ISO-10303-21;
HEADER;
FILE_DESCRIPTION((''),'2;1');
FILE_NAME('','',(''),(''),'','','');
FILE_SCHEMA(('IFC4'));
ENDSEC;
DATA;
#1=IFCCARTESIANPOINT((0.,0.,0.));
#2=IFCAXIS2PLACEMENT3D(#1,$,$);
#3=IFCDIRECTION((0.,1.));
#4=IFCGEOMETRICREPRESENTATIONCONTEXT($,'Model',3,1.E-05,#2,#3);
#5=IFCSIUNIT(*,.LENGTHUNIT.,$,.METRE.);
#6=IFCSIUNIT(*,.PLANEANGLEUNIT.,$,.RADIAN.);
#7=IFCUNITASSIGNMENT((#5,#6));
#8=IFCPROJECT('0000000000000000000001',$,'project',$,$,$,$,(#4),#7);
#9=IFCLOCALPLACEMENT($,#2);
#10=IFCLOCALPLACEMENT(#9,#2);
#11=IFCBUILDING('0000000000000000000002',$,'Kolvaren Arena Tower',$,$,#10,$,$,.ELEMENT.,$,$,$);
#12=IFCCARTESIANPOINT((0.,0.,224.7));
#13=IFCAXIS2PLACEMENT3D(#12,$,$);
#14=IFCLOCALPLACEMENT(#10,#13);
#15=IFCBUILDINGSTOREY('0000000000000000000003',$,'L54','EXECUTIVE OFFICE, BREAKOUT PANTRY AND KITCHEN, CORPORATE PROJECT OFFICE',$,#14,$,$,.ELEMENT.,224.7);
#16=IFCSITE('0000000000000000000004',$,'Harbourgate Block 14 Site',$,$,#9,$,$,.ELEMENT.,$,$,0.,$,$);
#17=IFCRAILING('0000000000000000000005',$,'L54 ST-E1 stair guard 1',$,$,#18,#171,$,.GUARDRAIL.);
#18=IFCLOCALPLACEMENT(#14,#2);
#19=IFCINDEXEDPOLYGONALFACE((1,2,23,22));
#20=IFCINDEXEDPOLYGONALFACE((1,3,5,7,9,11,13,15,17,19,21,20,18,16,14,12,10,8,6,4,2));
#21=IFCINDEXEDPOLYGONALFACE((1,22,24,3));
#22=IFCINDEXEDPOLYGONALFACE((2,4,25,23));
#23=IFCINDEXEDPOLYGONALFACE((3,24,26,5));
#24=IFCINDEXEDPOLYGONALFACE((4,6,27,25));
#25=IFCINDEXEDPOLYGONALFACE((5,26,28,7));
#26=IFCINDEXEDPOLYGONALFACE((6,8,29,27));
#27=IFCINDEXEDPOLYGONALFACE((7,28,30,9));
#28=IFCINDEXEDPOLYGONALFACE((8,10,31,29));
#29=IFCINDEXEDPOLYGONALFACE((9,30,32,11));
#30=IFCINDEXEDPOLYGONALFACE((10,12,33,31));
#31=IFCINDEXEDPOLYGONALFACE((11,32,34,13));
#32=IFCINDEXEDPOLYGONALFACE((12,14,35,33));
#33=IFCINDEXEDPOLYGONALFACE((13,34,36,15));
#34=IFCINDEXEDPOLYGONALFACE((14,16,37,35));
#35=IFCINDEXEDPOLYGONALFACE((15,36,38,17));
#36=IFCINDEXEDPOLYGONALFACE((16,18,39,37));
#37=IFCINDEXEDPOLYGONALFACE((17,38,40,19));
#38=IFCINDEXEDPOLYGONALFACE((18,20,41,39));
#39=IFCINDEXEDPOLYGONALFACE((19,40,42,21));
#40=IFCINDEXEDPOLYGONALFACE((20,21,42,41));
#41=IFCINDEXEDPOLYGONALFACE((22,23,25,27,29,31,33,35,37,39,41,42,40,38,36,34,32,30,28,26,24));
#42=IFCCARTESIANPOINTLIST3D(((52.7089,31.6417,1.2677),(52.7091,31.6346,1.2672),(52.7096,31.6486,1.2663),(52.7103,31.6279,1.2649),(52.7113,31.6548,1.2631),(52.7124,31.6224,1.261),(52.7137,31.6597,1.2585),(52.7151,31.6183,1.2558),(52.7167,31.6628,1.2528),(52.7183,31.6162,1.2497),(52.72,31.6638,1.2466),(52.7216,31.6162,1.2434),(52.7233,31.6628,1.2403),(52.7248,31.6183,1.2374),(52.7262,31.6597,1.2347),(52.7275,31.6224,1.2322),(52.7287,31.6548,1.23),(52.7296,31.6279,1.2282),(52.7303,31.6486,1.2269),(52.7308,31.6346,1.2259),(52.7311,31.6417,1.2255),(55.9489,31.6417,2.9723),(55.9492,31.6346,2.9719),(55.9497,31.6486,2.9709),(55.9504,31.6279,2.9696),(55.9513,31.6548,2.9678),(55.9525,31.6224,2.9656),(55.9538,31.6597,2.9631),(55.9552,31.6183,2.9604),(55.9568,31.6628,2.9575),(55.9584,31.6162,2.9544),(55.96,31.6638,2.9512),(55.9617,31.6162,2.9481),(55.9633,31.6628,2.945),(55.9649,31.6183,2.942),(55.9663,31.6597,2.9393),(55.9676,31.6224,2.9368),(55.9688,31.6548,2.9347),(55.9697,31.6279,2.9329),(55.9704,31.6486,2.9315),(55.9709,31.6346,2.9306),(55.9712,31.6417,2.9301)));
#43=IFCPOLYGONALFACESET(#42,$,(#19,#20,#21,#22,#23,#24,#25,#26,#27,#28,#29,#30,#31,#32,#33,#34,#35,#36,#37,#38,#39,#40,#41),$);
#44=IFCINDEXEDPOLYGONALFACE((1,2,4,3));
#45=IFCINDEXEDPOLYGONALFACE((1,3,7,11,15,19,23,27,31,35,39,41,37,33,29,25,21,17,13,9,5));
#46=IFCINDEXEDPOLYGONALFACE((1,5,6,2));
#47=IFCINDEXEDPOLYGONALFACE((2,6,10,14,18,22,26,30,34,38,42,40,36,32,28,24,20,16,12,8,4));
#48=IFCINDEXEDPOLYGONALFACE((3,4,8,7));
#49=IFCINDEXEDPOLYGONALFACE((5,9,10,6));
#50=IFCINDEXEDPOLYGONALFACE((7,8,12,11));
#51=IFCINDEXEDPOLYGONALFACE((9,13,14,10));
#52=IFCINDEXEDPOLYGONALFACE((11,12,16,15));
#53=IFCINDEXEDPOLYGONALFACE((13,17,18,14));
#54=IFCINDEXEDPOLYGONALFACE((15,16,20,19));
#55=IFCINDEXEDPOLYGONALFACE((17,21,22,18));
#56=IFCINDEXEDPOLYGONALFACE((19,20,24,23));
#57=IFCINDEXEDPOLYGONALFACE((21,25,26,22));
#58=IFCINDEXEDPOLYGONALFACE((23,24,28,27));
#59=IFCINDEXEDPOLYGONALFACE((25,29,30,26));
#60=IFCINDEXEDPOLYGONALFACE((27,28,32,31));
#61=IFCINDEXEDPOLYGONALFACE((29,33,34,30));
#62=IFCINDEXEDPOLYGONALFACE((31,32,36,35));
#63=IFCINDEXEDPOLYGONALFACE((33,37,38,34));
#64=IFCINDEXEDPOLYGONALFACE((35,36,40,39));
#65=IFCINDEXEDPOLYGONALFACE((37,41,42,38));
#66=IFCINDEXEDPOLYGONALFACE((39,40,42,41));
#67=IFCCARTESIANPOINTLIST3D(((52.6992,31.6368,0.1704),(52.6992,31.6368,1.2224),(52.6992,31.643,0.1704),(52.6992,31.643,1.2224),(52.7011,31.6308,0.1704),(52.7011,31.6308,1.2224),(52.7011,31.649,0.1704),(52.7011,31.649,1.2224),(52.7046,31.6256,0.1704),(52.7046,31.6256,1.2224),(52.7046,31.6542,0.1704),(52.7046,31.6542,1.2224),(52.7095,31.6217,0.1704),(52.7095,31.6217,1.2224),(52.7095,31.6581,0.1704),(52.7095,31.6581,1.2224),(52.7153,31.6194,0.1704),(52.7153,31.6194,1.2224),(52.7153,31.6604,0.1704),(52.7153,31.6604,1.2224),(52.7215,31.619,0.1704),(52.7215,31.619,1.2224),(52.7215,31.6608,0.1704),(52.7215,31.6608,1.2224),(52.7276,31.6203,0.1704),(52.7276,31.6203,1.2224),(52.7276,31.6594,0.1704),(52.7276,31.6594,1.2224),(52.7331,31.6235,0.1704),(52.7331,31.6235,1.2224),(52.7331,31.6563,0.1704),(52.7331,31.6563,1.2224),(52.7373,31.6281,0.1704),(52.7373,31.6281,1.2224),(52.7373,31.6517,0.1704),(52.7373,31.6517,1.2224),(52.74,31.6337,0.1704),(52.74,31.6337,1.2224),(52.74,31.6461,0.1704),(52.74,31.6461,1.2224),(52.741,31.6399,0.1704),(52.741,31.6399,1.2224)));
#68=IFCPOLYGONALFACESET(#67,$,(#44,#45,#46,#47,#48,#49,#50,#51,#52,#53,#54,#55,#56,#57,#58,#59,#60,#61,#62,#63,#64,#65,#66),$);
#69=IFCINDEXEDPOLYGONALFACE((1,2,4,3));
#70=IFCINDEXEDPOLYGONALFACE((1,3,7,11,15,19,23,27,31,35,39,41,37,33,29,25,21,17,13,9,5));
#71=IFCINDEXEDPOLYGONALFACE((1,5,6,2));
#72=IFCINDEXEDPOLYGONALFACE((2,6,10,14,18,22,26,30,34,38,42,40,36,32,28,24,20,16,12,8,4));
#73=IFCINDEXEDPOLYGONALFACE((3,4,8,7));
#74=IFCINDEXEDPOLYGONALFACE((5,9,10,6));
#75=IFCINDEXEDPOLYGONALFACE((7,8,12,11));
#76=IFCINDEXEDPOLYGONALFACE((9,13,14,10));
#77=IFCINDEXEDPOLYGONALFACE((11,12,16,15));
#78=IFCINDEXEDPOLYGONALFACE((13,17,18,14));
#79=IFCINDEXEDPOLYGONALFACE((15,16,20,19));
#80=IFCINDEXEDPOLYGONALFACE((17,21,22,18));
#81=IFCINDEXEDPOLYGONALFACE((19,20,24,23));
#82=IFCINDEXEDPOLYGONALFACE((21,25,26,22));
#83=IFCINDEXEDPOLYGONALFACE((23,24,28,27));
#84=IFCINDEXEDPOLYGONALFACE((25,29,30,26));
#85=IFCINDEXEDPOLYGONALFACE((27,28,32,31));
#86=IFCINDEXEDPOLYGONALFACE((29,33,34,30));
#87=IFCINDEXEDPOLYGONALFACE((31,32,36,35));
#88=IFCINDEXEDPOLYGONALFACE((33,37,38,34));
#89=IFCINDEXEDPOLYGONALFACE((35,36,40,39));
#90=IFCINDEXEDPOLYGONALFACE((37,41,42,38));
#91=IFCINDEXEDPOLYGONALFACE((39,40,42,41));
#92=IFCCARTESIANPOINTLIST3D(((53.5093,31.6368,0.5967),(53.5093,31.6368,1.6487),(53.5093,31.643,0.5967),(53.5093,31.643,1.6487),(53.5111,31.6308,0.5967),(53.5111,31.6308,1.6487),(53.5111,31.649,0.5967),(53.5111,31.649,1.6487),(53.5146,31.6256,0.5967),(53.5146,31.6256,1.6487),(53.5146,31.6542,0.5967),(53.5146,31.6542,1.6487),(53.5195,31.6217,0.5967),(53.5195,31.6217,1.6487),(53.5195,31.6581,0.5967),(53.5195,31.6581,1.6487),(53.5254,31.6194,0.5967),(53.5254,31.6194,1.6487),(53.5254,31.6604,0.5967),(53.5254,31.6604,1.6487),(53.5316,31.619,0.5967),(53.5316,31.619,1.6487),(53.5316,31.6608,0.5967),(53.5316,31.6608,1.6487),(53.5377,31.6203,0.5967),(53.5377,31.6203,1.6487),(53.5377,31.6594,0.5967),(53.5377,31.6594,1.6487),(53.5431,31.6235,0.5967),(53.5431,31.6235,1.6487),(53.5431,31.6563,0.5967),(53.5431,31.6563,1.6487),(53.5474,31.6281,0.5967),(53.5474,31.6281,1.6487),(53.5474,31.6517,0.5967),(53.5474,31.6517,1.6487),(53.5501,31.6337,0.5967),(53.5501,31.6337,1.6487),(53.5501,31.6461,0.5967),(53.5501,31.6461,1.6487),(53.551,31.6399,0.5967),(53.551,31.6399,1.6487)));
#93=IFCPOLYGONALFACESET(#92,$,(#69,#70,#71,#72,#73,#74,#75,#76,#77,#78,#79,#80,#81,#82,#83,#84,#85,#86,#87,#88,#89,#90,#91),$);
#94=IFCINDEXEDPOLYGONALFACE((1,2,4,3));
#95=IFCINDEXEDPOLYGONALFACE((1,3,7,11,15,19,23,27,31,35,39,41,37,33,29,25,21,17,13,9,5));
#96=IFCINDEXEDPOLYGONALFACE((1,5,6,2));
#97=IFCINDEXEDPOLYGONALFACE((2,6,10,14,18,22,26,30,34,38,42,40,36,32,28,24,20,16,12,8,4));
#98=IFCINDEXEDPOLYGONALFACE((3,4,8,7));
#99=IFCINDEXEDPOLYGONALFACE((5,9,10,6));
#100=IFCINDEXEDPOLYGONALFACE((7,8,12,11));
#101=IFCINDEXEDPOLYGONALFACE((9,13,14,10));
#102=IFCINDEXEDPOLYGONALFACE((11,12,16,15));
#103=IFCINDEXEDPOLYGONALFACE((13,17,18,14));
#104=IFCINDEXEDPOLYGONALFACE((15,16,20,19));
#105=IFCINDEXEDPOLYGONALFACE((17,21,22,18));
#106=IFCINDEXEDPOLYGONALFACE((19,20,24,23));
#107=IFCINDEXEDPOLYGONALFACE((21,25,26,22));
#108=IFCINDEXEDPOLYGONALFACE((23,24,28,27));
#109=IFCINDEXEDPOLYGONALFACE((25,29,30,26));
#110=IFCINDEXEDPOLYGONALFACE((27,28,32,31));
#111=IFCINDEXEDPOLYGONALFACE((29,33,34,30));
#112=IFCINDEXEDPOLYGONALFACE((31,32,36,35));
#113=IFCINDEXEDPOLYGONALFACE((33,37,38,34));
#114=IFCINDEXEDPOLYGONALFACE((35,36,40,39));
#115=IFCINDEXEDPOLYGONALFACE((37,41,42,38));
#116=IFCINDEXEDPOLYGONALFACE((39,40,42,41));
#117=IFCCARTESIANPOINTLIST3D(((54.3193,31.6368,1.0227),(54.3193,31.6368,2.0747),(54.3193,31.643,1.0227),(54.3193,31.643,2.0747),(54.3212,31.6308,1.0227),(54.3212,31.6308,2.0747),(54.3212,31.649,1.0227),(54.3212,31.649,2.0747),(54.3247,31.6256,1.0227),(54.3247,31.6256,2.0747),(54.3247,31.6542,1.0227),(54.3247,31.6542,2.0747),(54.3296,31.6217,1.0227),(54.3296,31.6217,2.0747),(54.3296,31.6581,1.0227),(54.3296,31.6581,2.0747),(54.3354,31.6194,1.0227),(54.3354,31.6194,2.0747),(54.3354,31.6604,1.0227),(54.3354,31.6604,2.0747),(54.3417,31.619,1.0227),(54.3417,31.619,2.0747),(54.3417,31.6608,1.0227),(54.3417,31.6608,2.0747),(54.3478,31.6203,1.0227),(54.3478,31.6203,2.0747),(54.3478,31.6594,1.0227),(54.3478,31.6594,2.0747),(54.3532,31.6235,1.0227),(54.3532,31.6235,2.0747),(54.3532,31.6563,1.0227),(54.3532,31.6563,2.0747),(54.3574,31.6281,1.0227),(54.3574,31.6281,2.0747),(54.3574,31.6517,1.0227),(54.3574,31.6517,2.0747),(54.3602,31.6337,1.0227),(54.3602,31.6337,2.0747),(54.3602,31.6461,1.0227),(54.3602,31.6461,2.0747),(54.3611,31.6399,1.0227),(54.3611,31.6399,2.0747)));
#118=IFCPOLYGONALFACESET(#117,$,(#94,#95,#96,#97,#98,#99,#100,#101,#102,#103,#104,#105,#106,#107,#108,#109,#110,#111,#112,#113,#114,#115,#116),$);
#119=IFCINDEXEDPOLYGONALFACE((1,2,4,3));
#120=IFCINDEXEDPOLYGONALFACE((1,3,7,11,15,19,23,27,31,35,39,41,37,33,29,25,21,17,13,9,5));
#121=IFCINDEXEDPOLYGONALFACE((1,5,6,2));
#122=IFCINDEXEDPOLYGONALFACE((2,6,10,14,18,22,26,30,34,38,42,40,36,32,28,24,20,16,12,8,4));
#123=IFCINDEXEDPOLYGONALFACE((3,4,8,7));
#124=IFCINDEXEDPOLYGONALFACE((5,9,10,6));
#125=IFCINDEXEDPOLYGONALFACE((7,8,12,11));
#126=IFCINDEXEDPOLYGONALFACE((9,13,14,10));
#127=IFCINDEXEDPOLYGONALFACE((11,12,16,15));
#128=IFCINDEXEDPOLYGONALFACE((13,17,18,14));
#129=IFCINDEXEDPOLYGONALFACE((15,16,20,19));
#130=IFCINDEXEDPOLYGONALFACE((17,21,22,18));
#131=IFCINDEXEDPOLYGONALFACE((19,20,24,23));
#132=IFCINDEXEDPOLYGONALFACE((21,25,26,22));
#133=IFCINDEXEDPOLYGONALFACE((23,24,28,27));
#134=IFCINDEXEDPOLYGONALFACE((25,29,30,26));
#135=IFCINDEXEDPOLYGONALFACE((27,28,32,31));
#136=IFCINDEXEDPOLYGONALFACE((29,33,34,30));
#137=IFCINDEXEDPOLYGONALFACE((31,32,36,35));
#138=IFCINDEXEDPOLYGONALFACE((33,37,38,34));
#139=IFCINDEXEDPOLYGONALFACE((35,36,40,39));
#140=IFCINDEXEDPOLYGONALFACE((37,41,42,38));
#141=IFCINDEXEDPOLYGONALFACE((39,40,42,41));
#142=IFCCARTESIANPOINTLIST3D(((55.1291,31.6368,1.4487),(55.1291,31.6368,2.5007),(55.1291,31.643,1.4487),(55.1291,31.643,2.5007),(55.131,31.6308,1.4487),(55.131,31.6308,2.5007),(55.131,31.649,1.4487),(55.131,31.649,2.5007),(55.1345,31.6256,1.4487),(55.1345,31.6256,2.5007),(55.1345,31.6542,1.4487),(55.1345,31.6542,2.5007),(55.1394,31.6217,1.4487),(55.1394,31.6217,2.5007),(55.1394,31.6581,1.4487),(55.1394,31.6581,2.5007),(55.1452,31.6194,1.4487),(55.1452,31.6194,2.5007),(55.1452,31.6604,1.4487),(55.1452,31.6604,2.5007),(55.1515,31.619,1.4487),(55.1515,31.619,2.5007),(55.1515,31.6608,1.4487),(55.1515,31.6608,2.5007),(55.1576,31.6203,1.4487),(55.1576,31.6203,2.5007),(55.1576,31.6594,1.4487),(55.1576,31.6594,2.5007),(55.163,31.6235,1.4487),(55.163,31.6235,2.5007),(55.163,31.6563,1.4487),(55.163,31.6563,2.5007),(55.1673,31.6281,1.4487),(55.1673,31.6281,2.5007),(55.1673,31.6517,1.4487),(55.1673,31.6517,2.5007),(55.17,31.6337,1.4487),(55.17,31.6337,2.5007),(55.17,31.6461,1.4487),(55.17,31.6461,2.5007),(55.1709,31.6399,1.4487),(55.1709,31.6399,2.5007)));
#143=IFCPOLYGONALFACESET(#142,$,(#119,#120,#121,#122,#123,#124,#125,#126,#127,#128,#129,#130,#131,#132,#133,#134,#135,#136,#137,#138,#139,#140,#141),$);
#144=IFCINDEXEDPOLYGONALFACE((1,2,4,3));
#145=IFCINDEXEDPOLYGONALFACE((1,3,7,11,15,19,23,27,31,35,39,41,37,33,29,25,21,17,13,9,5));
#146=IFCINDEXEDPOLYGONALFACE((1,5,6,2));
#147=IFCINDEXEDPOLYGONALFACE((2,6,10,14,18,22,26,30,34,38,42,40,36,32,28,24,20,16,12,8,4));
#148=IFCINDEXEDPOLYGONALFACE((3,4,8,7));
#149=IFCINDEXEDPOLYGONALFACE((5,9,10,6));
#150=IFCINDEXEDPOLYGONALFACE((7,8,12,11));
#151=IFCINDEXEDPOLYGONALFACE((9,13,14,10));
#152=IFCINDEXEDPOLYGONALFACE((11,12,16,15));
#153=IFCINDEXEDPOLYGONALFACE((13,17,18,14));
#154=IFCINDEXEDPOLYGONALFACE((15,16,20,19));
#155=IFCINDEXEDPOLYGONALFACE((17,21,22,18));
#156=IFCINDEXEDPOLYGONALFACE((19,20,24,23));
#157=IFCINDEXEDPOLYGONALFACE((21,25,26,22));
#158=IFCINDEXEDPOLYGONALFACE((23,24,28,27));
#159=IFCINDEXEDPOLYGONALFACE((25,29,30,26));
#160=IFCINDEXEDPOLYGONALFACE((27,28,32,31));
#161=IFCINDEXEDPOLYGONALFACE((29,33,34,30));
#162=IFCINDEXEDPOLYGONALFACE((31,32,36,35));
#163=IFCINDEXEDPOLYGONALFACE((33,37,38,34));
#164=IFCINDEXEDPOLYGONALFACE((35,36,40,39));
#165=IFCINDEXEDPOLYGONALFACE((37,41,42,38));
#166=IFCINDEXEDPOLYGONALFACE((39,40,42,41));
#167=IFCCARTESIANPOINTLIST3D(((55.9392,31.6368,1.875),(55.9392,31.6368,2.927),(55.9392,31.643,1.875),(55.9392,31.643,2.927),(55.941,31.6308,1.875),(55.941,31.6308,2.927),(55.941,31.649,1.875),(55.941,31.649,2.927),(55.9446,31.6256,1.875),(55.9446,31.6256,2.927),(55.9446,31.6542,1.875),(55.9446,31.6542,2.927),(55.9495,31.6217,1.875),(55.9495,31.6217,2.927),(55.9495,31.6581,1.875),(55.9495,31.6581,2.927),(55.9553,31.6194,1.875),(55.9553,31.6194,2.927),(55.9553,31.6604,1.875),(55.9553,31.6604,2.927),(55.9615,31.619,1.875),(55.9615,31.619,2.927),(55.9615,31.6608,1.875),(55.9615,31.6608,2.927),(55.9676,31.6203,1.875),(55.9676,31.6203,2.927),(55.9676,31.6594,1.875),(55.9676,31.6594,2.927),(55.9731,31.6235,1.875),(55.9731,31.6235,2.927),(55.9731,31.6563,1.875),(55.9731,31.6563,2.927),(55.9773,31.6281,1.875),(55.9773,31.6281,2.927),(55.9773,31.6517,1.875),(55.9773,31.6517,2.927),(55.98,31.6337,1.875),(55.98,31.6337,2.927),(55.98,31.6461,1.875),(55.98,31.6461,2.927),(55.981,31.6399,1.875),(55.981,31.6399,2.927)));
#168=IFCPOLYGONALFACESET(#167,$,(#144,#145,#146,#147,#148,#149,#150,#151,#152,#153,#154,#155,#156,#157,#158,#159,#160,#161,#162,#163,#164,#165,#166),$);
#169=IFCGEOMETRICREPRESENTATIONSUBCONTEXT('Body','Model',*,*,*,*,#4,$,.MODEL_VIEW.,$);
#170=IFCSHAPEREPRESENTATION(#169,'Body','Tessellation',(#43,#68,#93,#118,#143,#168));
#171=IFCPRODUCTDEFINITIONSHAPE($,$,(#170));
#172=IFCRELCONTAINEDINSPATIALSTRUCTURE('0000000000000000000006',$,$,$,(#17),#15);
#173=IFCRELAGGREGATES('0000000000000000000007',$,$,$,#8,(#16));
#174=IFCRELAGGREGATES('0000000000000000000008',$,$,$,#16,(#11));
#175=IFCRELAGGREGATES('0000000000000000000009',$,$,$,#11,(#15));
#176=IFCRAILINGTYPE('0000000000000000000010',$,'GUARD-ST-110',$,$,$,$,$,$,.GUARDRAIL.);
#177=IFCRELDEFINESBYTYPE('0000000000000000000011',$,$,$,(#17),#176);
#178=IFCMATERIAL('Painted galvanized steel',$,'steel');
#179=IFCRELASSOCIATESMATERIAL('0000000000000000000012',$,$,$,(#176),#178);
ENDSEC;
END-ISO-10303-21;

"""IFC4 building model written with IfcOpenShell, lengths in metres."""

from ifc_helpers import new_model, si_unit, direction, frame, origin, origin_2d, place, context, subcontext, project, spatial, circle, extrude, material, type_object, element, save


model = new_model("IFC4")

# Units and contexts
model_context = context("Model", 3, precision=1e-05, world=origin(), true_north=direction((0.0, 1.0)))
body_context = subcontext(model_context, "Body", "Model", "MODEL_VIEW")
ifc_project = project(units=[si_unit("LENGTHUNIT", "METRE"), si_unit("PLANEANGLEUNIT", "RADIAN")], contexts=[model_context])

# Site, building, storey
site_placement = place(None, origin())
site = spatial("IfcSite", under=ifc_project, at=site_placement, Name="Harbourgate Block 14 Site", CompositionType="ELEMENT", RefElevation=0.0)
building_placement = place(site_placement, origin())
building = spatial("IfcBuilding", under=site, at=building_placement, Name="Kolvaren Arena Tower", CompositionType="ELEMENT")
storey_placement = place(building_placement, frame((0.0, 0.0, 224.7)))
storey = spatial("IfcBuildingStorey", under=building, at=storey_placement, Name="L54", Description="EXECUTIVE OFFICE, BREAKOUT PANTRY AND KITCHEN, CORPORATE PROJECT OFFICE", CompositionType="ELEMENT", Elevation=224.7)

# Railing
ifc_material_1 = material(Name="Painted galvanized steel", Category="steel")
railing_type_1 = type_object("IfcRailingType", Name="GUARD-ST-110", PredefinedType="GUARDRAIL", material=ifc_material_1)
railing_1_placement = place(storey_placement, frame((52.72, 31.6399, 0.1704)))
element("IfcRailing", 1, at=railing_1_placement, inside=storey, type_object=railing_type_1, Name="L54 ST-E1 stair guard 1", PredefinedType="GUARDRAIL", context=body_context, shape_type="SweptSolid", body=[
    extrude(circle(Radius=0.0239, at=origin_2d()), frame((0.0, 0.0, 1.0762), z_axis=(0.884993, 0.0, 0.465604), x_axis=(0.0, 1.0, 0.0)), (0.0, 0.0, 1.0), 3.6611),
    extrude(circle(Radius=0.021, at=origin_2d()), origin(), (0.0, 0.0, 1.0), 1.052),
    extrude(circle(Radius=0.021, at=origin_2d()), frame((0.8101, 0.0, 0.4263)), (0.0, 0.0, 1.0), 1.052),
    extrude(circle(Radius=0.021, at=origin_2d()), frame((1.6201, 0.0, 0.8523)), (0.0, 0.0, 1.0), 1.052),
    extrude(circle(Radius=0.021, at=origin_2d()), frame((2.4299, 0.0, 1.2783)), (0.0, 0.0, 1.0), 1.052),
    extrude(circle(Radius=0.021, at=origin_2d()), frame((3.24, 0.0, 1.7046)), (0.0, 0.0, 1.0), 1.052),
])

save(model, "model.ifc")
